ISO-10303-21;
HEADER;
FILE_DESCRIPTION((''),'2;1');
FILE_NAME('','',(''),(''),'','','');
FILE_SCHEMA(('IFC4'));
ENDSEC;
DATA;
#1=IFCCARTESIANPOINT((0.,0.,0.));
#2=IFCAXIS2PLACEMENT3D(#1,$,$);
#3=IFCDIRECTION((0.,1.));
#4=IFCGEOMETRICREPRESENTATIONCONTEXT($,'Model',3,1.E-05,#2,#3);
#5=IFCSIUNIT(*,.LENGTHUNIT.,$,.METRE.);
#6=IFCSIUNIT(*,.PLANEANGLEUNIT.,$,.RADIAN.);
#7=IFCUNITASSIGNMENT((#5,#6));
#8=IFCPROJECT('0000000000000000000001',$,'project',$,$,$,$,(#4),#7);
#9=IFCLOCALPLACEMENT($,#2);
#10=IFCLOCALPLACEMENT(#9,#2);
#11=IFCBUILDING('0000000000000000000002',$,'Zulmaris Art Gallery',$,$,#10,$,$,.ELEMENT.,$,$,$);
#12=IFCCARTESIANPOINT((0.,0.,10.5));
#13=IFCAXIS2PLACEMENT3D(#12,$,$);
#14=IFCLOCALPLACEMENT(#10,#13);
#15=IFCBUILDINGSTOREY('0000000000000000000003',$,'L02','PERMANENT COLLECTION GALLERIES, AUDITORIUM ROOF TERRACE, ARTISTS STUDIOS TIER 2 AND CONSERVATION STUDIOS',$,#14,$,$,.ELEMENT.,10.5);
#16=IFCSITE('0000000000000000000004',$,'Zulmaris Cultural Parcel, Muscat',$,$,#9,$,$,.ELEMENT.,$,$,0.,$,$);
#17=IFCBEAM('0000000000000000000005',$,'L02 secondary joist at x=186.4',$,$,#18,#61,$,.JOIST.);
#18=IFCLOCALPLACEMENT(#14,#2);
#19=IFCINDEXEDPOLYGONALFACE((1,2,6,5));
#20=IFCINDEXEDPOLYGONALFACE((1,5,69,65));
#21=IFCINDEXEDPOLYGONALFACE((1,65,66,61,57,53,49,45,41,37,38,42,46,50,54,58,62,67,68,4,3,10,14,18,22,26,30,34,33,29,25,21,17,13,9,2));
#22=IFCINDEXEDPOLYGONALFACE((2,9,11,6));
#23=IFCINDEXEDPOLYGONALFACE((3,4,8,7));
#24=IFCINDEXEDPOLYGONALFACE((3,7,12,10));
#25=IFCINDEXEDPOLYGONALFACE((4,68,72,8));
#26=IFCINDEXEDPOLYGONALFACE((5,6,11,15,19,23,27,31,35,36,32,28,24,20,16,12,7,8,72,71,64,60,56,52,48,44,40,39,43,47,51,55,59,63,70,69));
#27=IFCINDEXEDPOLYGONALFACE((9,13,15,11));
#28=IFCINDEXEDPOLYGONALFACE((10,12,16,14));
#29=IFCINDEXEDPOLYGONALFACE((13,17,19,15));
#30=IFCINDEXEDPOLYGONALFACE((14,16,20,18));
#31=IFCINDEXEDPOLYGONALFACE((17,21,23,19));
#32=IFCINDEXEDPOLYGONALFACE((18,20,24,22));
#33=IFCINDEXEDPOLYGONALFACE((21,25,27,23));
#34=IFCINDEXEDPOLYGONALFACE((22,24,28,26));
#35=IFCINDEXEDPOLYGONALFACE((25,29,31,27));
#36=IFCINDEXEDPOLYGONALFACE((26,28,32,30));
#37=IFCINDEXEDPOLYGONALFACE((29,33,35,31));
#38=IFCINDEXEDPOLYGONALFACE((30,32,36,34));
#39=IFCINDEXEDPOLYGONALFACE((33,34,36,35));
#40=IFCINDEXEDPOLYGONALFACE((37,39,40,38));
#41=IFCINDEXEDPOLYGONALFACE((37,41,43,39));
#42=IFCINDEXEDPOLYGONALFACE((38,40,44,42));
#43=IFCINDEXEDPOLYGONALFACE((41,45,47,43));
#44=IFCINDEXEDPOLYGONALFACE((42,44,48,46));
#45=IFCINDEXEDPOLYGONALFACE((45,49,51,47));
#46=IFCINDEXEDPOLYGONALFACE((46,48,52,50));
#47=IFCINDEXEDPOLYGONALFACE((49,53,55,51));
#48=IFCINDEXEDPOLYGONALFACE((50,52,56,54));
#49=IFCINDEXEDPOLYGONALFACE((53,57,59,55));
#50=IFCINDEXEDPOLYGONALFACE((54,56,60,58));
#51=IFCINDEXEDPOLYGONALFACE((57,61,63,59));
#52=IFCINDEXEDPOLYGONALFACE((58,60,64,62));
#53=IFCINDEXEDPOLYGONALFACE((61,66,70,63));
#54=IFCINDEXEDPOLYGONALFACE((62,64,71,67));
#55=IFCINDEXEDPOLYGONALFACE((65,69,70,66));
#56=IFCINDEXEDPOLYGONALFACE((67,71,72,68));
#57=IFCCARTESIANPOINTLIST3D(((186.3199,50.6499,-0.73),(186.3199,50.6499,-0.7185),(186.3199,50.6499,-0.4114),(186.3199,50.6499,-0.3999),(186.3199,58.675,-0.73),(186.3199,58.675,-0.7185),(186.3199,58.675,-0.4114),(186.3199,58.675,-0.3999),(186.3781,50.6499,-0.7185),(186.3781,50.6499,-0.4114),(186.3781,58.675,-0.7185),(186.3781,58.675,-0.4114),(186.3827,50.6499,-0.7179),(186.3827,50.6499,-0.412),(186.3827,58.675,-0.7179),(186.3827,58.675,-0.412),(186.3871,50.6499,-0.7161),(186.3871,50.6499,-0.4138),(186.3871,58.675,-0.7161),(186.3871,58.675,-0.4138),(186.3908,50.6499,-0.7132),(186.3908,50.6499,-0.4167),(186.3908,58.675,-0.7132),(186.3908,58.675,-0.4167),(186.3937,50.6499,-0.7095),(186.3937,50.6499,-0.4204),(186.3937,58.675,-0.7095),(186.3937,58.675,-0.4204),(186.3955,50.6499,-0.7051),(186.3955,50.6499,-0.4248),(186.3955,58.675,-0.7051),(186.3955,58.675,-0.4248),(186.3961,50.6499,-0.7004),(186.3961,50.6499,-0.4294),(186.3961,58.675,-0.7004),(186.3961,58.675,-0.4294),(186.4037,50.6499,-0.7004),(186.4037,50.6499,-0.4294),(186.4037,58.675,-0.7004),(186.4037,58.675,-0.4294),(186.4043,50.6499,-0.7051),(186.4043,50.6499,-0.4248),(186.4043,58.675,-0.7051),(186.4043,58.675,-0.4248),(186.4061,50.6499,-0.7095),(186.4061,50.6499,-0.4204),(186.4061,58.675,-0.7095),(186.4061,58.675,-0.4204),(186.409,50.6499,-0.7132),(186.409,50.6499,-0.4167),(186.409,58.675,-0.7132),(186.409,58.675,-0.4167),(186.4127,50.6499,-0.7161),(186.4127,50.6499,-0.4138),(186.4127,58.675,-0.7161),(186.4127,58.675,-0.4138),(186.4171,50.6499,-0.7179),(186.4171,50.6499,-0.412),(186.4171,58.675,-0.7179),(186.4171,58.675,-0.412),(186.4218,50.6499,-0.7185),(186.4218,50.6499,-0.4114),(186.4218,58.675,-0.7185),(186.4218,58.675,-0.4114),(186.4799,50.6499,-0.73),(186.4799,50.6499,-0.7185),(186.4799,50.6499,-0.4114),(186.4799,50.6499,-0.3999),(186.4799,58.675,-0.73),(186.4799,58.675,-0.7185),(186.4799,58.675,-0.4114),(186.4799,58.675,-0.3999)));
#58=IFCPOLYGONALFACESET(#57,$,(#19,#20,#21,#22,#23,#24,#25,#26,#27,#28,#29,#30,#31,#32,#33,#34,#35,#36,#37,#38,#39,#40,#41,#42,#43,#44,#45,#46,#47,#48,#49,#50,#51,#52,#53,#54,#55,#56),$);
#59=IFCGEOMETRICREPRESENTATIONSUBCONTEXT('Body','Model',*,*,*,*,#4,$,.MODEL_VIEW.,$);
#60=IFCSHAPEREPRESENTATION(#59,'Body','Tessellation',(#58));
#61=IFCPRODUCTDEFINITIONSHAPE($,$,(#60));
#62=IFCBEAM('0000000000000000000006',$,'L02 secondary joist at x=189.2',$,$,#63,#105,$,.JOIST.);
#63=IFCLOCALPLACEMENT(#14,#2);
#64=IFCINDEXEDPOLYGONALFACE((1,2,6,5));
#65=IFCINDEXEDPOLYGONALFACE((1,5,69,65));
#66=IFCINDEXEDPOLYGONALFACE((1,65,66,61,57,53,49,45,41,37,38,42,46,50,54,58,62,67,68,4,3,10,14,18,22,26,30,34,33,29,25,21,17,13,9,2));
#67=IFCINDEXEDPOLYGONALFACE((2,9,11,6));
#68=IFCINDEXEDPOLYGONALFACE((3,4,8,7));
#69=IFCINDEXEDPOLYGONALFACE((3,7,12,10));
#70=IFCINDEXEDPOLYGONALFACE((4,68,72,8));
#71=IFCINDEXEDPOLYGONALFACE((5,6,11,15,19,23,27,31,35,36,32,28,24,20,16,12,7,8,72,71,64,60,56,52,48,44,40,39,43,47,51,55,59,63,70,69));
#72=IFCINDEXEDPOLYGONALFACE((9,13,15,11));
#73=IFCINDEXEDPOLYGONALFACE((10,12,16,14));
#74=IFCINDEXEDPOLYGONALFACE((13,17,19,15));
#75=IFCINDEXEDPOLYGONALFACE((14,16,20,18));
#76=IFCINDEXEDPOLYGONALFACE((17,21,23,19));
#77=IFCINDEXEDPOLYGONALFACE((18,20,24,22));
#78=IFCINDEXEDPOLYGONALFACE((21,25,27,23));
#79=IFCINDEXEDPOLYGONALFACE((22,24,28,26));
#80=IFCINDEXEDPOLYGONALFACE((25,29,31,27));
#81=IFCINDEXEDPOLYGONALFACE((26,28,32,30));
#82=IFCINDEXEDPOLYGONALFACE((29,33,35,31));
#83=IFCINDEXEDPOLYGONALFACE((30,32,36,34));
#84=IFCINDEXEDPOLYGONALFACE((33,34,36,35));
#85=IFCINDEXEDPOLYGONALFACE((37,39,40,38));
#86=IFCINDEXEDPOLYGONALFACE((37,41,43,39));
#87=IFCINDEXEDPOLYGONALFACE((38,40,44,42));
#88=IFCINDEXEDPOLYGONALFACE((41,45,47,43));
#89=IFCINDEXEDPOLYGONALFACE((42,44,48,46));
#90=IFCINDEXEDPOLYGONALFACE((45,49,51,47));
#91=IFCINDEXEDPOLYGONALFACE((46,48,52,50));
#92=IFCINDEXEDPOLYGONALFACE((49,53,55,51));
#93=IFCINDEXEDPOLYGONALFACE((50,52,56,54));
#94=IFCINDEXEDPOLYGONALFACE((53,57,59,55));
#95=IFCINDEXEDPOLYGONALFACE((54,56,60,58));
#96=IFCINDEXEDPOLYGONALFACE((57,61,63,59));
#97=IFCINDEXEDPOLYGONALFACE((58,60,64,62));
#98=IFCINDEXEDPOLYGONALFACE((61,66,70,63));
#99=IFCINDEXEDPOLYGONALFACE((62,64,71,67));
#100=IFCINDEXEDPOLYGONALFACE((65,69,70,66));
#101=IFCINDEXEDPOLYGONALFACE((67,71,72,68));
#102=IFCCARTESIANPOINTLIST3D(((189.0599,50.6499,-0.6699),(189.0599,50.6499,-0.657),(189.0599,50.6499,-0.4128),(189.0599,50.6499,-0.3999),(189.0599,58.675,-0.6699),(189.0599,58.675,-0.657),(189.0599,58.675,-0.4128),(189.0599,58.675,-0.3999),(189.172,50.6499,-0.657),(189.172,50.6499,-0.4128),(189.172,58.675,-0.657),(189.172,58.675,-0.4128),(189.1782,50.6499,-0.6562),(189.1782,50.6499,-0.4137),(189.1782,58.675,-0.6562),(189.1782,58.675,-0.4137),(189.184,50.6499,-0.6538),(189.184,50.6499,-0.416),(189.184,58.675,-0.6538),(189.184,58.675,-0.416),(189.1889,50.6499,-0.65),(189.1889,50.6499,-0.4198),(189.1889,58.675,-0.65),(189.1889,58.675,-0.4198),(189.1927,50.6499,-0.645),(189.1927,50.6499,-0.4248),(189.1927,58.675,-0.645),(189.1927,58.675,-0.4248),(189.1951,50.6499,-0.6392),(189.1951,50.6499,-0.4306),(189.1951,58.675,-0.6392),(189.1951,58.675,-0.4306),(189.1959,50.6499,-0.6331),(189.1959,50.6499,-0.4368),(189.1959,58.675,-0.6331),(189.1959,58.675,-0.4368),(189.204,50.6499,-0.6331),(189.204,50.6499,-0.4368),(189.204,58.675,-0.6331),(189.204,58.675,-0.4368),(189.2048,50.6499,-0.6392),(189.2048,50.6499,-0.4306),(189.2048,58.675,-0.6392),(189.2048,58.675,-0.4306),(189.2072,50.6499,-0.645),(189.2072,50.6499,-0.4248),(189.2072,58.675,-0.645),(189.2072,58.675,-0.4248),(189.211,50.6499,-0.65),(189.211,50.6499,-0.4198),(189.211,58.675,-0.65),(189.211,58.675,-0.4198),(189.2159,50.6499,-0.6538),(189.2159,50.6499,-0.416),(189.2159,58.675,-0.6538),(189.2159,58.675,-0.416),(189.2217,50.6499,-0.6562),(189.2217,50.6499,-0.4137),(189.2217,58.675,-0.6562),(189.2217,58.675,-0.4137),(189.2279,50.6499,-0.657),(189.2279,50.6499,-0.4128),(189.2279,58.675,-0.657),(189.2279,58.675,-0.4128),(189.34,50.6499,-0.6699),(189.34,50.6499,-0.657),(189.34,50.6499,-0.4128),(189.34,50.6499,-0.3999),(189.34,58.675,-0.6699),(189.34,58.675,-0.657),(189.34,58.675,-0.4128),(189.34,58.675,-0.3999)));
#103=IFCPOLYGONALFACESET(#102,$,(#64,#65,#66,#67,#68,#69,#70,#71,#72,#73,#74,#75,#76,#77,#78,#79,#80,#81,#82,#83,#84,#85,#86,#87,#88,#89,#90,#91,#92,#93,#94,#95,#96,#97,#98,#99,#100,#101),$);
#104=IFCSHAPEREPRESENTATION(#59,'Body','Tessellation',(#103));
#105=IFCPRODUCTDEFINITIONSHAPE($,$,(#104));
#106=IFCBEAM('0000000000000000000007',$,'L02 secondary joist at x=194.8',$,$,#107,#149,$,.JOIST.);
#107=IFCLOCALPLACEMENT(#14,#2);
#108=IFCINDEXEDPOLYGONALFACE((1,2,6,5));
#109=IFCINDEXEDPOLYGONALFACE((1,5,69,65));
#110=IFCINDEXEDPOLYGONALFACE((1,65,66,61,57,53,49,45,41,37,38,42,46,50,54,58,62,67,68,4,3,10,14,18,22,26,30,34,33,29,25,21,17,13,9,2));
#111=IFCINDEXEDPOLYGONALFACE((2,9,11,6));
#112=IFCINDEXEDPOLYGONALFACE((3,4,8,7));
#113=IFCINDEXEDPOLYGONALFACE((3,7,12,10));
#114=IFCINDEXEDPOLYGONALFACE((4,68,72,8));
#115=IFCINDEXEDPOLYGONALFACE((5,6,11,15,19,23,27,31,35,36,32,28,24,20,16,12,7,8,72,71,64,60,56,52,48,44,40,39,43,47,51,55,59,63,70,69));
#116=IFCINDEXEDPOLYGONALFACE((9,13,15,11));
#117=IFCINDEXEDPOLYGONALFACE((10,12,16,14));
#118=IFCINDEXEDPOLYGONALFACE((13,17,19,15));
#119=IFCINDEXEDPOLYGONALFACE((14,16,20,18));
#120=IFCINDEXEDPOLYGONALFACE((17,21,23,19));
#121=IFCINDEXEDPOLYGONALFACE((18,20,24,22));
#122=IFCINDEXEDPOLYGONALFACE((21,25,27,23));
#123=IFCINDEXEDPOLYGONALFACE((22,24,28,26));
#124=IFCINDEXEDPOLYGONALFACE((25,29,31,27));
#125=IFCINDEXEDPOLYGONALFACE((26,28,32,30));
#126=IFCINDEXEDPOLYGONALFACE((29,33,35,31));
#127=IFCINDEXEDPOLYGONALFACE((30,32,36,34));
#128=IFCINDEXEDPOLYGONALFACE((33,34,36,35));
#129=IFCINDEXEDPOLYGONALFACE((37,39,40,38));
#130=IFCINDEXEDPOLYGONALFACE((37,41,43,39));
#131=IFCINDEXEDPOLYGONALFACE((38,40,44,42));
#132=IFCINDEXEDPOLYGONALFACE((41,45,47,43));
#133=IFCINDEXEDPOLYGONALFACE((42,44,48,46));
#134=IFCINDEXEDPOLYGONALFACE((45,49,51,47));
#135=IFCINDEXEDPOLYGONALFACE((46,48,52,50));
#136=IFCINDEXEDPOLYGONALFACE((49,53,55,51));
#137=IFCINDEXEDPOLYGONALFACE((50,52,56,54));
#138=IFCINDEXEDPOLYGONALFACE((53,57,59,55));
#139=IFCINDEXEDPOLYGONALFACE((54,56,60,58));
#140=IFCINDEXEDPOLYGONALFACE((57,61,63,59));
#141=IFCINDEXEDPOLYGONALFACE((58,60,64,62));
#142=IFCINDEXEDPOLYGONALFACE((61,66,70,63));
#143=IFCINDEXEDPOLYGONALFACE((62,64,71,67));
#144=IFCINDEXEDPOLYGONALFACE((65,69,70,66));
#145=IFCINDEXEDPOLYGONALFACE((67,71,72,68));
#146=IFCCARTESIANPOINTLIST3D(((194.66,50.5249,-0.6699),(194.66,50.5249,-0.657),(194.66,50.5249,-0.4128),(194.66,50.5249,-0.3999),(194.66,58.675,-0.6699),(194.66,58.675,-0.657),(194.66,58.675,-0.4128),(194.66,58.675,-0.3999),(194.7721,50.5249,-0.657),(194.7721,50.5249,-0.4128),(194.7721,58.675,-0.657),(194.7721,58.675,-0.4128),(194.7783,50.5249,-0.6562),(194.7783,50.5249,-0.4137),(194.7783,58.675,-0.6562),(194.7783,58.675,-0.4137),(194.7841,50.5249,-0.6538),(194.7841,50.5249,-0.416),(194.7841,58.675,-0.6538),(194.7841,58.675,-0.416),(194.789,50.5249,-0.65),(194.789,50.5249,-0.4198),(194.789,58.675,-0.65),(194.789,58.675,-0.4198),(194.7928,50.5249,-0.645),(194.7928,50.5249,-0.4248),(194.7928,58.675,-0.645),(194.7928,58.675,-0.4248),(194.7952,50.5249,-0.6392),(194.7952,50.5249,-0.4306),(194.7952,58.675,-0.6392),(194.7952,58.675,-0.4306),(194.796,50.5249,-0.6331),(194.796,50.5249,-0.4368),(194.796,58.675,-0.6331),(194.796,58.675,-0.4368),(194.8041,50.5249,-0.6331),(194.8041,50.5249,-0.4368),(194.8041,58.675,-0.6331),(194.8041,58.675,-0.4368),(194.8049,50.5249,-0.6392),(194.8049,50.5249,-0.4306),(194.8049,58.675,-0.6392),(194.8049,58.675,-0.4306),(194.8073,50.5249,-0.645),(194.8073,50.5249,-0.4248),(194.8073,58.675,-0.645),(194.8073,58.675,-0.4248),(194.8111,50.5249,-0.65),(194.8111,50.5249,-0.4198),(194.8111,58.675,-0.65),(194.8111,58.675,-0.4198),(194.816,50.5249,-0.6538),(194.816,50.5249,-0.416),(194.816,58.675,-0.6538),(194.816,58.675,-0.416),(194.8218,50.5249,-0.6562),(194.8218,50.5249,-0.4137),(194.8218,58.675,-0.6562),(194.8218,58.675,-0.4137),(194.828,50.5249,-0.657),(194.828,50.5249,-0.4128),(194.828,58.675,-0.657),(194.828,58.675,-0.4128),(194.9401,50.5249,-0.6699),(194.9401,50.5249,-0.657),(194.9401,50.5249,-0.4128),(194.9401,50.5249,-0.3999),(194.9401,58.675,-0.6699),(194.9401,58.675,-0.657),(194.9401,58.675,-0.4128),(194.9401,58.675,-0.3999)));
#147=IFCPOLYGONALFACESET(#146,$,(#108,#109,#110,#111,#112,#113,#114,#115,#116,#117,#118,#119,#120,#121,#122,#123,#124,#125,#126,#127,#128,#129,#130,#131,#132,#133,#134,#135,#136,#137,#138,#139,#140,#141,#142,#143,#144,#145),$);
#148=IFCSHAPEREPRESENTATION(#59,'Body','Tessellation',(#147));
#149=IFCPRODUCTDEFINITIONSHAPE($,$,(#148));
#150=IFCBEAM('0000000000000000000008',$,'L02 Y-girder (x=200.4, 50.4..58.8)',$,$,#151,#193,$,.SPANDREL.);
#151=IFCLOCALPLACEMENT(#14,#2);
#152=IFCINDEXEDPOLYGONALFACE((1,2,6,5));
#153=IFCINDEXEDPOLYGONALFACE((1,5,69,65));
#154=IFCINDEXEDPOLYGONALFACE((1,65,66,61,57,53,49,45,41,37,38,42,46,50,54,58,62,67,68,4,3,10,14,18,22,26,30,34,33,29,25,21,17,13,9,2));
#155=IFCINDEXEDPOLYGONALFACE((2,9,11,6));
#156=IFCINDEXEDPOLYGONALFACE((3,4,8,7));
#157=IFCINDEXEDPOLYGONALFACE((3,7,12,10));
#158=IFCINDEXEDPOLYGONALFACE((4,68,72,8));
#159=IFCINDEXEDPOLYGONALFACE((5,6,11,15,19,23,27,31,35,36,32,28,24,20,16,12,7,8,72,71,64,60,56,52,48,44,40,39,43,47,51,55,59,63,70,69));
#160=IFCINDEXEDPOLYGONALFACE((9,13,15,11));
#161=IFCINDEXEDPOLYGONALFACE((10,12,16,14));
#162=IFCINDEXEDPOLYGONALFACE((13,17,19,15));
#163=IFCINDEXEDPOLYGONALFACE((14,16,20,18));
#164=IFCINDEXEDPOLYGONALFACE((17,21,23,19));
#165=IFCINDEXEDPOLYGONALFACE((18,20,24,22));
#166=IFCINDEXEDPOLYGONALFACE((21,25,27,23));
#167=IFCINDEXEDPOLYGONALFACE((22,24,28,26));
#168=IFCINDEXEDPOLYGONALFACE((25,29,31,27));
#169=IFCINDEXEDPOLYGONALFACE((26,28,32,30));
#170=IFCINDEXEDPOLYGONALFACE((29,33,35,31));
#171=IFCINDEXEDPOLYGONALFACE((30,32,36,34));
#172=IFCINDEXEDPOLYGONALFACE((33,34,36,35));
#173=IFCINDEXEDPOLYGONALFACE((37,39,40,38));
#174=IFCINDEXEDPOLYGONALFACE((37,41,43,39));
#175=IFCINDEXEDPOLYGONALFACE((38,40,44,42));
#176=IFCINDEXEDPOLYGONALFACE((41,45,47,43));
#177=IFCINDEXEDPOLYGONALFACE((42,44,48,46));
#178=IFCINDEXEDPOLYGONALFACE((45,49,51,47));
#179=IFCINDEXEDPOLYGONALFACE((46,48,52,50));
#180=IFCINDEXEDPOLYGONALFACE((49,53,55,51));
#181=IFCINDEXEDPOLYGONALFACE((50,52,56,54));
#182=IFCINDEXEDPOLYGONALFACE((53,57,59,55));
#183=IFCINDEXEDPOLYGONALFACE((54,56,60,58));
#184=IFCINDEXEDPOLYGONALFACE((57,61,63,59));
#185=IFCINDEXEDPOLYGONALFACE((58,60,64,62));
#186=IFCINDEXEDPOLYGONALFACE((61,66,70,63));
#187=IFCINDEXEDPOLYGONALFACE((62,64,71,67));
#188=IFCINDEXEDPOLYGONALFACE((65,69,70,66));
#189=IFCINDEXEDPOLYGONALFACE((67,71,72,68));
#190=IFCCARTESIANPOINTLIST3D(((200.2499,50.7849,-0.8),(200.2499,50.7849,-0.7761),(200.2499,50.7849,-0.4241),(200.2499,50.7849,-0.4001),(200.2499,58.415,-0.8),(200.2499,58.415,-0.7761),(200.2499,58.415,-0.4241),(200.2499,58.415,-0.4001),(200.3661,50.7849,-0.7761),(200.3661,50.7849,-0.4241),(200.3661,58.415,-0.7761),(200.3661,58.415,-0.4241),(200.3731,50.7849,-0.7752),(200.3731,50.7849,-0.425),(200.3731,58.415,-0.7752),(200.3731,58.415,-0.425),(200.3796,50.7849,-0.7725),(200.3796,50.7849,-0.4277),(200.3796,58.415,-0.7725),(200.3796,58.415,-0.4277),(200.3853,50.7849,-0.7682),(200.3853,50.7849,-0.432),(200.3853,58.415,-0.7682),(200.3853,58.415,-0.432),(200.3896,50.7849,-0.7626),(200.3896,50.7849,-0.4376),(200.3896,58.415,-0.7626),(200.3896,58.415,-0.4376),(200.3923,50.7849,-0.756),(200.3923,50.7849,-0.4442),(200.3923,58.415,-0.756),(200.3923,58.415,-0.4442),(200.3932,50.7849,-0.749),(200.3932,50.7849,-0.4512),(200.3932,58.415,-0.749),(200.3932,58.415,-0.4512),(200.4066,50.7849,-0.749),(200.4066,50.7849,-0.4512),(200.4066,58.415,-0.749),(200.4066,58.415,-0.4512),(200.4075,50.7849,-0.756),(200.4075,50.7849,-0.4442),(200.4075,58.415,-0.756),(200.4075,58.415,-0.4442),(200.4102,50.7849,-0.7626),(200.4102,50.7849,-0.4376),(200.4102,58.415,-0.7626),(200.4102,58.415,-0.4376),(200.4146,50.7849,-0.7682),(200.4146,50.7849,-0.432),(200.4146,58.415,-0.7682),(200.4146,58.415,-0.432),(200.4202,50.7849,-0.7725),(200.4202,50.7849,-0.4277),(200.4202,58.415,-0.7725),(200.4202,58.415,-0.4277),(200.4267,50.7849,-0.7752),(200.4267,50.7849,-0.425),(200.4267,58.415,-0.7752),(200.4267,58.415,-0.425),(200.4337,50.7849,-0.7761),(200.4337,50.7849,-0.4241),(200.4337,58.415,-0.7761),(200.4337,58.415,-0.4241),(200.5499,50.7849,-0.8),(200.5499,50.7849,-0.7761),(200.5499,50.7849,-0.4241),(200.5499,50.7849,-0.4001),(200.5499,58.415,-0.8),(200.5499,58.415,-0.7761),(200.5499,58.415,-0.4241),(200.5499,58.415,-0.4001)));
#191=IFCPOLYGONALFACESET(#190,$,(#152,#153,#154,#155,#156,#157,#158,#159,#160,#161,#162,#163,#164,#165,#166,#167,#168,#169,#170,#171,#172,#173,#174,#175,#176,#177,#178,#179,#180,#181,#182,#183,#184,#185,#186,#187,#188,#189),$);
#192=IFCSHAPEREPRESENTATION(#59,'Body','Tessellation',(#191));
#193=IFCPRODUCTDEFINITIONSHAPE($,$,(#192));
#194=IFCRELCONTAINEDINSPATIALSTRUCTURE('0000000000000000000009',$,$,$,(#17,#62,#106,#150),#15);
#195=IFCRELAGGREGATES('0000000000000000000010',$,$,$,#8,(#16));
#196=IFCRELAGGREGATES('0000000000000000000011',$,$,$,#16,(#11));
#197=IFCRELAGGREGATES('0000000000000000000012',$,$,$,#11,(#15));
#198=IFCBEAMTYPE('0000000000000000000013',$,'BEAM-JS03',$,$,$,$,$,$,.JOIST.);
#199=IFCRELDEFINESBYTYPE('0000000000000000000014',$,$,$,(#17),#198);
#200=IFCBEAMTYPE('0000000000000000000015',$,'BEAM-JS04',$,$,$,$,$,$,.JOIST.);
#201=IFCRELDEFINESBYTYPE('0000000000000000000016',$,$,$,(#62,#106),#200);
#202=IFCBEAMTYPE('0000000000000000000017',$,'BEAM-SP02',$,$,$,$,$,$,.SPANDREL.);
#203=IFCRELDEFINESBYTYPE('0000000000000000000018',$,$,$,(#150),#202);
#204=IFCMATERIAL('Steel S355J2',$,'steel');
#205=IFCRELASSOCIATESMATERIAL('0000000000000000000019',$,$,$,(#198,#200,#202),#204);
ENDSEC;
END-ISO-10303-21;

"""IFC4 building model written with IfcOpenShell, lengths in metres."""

from ifc_helpers import new_model, si_unit, direction, frame, origin, origin_2d, place, context, subcontext, project, spatial, i_section, extrude, material, material_profile, profile_set, type_object, element, save


model = new_model("IFC4")

# Units and contexts
model_context = context("Model", 3, precision=1e-05, world=origin(), true_north=direction((0.0, 1.0)))
body_context = subcontext(model_context, "Body", "Model", "MODEL_VIEW")
ifc_project = project(units=[si_unit("LENGTHUNIT", "METRE"), si_unit("PLANEANGLEUNIT", "RADIAN")], contexts=[model_context])

# Site, building, storey
site_placement = place(None, origin())
site = spatial("IfcSite", under=ifc_project, at=site_placement, Name="Zulmaris Cultural Parcel, Muscat", CompositionType="ELEMENT", RefElevation=0.0)
building_placement = place(site_placement, origin())
building = spatial("IfcBuilding", under=site, at=building_placement, Name="Zulmaris Art Gallery", CompositionType="ELEMENT")
storey_placement = place(building_placement, frame((0.0, 0.0, 10.5)))
storey = spatial("IfcBuildingStorey", under=building, at=storey_placement, Name="L02", Description="PERMANENT COLLECTION GALLERIES, AUDITORIUM ROOF TERRACE, ARTISTS STUDIOS TIER 2 AND CONSERVATION STUDIOS", CompositionType="ELEMENT", Elevation=10.5)

# Beams
ifc_material_1 = material(Name="Steel S355J2", Category="steel")
ifc_material_profile_1 = material_profile(ifc_material_1, i_section(OverallWidth=0.1599, OverallDepth=0.3301, WebThickness=0.0076, FlangeThickness=0.0115, FilletRadius=0.0181, at=origin_2d()), Name="IPE 330")
ifc_profile_set_1 = profile_set([ifc_material_profile_1], Name="Steel S355J2")
beam_type_1 = type_object("IfcBeamType", Name="BEAM-JS03", PredefinedType="JOIST", material=ifc_profile_set_1)
beam_1_placement = place(storey_placement, frame((186.3999, 50.6499, -0.5649), z_axis=(0.0, 1.0, 0.0), x_axis=(-1.0, 0.0, 0.0)))
element("IfcBeam", 1, at=beam_1_placement, inside=storey, type_object=beam_type_1, Name="L02 secondary joist at x=186.4", PredefinedType="JOIST", context=body_context, shape_type="SweptSolid", body=[
    extrude(i_section(OverallWidth=0.1599, OverallDepth=0.3301, WebThickness=0.0076, FlangeThickness=0.0115, FilletRadius=0.0181, at=origin_2d()), origin(), (0.0, 0.0, 1.0), 8.0251),
])
ifc_material_profile_2 = material_profile(ifc_material_1, i_section(OverallWidth=0.28, OverallDepth=0.27, WebThickness=0.0081, FlangeThickness=0.0129, FilletRadius=0.0239, at=origin_2d()), Name="HEA 280")
ifc_profile_set_2 = profile_set([ifc_material_profile_2], Name="Steel S355J2")
beam_type_2 = type_object("IfcBeamType", Name="BEAM-JS04", PredefinedType="JOIST", material=ifc_profile_set_2)
beam_2_placement = place(storey_placement, frame((189.2, 50.6499, -0.5349), z_axis=(0.0, 1.0, 0.0), x_axis=(-1.0, 0.0, 0.0)))
element("IfcBeam", 2, at=beam_2_placement, inside=storey, type_object=beam_type_2, Name="L02 secondary joist at x=189.2", PredefinedType="JOIST", context=body_context, shape_type="SweptSolid", body=[
    extrude(i_section(OverallWidth=0.28, OverallDepth=0.27, WebThickness=0.0081, FlangeThickness=0.0129, FilletRadius=0.0239, at=origin_2d()), origin(), (0.0, 0.0, 1.0), 8.0251),
])
beam_3_placement = place(storey_placement, frame((194.8, 50.5249, -0.5349), z_axis=(0.0, 1.0, 0.0), x_axis=(-1.0, 0.0, 0.0)))
element("IfcBeam", 3, at=beam_3_placement, inside=storey, type_object=beam_type_2, Name="L02 secondary joist at x=194.8", PredefinedType="JOIST", context=body_context, shape_type="SweptSolid", body=[
    extrude(i_section(OverallWidth=0.28, OverallDepth=0.27, WebThickness=0.0081, FlangeThickness=0.0129, FilletRadius=0.0239, at=origin_2d()), origin(), (0.0, 0.0, 1.0), 8.1501),
])
ifc_material_profile_3 = material_profile(ifc_material_1, i_section(OverallWidth=0.3, OverallDepth=0.3999, WebThickness=0.0134, FlangeThickness=0.0239, FilletRadius=0.0271, at=origin_2d()), Name="HEB 400")
ifc_profile_set_3 = profile_set([ifc_material_profile_3], Name="Steel S355J2")
beam_type_3 = type_object("IfcBeamType", Name="BEAM-SP02", PredefinedType="SPANDREL", material=ifc_profile_set_3)
beam_4_placement = place(storey_placement, frame((200.3999, 50.7849, -0.6001), z_axis=(0.0, 1.0, 0.0), x_axis=(-1.0, 0.0, 0.0)))
element("IfcBeam", 4, at=beam_4_placement, inside=storey, type_object=beam_type_3, Name="L02 Y-girder (x=200.4, 50.4..58.8)", PredefinedType="SPANDREL", context=body_context, shape_type="SweptSolid", body=[
    extrude(i_section(OverallWidth=0.3, OverallDepth=0.3999, WebThickness=0.0134, FlangeThickness=0.0239, FilletRadius=0.0271, at=origin_2d()), origin(), (0.0, 0.0, 1.0), 7.6301),
])

save(model, "model.ifc")
